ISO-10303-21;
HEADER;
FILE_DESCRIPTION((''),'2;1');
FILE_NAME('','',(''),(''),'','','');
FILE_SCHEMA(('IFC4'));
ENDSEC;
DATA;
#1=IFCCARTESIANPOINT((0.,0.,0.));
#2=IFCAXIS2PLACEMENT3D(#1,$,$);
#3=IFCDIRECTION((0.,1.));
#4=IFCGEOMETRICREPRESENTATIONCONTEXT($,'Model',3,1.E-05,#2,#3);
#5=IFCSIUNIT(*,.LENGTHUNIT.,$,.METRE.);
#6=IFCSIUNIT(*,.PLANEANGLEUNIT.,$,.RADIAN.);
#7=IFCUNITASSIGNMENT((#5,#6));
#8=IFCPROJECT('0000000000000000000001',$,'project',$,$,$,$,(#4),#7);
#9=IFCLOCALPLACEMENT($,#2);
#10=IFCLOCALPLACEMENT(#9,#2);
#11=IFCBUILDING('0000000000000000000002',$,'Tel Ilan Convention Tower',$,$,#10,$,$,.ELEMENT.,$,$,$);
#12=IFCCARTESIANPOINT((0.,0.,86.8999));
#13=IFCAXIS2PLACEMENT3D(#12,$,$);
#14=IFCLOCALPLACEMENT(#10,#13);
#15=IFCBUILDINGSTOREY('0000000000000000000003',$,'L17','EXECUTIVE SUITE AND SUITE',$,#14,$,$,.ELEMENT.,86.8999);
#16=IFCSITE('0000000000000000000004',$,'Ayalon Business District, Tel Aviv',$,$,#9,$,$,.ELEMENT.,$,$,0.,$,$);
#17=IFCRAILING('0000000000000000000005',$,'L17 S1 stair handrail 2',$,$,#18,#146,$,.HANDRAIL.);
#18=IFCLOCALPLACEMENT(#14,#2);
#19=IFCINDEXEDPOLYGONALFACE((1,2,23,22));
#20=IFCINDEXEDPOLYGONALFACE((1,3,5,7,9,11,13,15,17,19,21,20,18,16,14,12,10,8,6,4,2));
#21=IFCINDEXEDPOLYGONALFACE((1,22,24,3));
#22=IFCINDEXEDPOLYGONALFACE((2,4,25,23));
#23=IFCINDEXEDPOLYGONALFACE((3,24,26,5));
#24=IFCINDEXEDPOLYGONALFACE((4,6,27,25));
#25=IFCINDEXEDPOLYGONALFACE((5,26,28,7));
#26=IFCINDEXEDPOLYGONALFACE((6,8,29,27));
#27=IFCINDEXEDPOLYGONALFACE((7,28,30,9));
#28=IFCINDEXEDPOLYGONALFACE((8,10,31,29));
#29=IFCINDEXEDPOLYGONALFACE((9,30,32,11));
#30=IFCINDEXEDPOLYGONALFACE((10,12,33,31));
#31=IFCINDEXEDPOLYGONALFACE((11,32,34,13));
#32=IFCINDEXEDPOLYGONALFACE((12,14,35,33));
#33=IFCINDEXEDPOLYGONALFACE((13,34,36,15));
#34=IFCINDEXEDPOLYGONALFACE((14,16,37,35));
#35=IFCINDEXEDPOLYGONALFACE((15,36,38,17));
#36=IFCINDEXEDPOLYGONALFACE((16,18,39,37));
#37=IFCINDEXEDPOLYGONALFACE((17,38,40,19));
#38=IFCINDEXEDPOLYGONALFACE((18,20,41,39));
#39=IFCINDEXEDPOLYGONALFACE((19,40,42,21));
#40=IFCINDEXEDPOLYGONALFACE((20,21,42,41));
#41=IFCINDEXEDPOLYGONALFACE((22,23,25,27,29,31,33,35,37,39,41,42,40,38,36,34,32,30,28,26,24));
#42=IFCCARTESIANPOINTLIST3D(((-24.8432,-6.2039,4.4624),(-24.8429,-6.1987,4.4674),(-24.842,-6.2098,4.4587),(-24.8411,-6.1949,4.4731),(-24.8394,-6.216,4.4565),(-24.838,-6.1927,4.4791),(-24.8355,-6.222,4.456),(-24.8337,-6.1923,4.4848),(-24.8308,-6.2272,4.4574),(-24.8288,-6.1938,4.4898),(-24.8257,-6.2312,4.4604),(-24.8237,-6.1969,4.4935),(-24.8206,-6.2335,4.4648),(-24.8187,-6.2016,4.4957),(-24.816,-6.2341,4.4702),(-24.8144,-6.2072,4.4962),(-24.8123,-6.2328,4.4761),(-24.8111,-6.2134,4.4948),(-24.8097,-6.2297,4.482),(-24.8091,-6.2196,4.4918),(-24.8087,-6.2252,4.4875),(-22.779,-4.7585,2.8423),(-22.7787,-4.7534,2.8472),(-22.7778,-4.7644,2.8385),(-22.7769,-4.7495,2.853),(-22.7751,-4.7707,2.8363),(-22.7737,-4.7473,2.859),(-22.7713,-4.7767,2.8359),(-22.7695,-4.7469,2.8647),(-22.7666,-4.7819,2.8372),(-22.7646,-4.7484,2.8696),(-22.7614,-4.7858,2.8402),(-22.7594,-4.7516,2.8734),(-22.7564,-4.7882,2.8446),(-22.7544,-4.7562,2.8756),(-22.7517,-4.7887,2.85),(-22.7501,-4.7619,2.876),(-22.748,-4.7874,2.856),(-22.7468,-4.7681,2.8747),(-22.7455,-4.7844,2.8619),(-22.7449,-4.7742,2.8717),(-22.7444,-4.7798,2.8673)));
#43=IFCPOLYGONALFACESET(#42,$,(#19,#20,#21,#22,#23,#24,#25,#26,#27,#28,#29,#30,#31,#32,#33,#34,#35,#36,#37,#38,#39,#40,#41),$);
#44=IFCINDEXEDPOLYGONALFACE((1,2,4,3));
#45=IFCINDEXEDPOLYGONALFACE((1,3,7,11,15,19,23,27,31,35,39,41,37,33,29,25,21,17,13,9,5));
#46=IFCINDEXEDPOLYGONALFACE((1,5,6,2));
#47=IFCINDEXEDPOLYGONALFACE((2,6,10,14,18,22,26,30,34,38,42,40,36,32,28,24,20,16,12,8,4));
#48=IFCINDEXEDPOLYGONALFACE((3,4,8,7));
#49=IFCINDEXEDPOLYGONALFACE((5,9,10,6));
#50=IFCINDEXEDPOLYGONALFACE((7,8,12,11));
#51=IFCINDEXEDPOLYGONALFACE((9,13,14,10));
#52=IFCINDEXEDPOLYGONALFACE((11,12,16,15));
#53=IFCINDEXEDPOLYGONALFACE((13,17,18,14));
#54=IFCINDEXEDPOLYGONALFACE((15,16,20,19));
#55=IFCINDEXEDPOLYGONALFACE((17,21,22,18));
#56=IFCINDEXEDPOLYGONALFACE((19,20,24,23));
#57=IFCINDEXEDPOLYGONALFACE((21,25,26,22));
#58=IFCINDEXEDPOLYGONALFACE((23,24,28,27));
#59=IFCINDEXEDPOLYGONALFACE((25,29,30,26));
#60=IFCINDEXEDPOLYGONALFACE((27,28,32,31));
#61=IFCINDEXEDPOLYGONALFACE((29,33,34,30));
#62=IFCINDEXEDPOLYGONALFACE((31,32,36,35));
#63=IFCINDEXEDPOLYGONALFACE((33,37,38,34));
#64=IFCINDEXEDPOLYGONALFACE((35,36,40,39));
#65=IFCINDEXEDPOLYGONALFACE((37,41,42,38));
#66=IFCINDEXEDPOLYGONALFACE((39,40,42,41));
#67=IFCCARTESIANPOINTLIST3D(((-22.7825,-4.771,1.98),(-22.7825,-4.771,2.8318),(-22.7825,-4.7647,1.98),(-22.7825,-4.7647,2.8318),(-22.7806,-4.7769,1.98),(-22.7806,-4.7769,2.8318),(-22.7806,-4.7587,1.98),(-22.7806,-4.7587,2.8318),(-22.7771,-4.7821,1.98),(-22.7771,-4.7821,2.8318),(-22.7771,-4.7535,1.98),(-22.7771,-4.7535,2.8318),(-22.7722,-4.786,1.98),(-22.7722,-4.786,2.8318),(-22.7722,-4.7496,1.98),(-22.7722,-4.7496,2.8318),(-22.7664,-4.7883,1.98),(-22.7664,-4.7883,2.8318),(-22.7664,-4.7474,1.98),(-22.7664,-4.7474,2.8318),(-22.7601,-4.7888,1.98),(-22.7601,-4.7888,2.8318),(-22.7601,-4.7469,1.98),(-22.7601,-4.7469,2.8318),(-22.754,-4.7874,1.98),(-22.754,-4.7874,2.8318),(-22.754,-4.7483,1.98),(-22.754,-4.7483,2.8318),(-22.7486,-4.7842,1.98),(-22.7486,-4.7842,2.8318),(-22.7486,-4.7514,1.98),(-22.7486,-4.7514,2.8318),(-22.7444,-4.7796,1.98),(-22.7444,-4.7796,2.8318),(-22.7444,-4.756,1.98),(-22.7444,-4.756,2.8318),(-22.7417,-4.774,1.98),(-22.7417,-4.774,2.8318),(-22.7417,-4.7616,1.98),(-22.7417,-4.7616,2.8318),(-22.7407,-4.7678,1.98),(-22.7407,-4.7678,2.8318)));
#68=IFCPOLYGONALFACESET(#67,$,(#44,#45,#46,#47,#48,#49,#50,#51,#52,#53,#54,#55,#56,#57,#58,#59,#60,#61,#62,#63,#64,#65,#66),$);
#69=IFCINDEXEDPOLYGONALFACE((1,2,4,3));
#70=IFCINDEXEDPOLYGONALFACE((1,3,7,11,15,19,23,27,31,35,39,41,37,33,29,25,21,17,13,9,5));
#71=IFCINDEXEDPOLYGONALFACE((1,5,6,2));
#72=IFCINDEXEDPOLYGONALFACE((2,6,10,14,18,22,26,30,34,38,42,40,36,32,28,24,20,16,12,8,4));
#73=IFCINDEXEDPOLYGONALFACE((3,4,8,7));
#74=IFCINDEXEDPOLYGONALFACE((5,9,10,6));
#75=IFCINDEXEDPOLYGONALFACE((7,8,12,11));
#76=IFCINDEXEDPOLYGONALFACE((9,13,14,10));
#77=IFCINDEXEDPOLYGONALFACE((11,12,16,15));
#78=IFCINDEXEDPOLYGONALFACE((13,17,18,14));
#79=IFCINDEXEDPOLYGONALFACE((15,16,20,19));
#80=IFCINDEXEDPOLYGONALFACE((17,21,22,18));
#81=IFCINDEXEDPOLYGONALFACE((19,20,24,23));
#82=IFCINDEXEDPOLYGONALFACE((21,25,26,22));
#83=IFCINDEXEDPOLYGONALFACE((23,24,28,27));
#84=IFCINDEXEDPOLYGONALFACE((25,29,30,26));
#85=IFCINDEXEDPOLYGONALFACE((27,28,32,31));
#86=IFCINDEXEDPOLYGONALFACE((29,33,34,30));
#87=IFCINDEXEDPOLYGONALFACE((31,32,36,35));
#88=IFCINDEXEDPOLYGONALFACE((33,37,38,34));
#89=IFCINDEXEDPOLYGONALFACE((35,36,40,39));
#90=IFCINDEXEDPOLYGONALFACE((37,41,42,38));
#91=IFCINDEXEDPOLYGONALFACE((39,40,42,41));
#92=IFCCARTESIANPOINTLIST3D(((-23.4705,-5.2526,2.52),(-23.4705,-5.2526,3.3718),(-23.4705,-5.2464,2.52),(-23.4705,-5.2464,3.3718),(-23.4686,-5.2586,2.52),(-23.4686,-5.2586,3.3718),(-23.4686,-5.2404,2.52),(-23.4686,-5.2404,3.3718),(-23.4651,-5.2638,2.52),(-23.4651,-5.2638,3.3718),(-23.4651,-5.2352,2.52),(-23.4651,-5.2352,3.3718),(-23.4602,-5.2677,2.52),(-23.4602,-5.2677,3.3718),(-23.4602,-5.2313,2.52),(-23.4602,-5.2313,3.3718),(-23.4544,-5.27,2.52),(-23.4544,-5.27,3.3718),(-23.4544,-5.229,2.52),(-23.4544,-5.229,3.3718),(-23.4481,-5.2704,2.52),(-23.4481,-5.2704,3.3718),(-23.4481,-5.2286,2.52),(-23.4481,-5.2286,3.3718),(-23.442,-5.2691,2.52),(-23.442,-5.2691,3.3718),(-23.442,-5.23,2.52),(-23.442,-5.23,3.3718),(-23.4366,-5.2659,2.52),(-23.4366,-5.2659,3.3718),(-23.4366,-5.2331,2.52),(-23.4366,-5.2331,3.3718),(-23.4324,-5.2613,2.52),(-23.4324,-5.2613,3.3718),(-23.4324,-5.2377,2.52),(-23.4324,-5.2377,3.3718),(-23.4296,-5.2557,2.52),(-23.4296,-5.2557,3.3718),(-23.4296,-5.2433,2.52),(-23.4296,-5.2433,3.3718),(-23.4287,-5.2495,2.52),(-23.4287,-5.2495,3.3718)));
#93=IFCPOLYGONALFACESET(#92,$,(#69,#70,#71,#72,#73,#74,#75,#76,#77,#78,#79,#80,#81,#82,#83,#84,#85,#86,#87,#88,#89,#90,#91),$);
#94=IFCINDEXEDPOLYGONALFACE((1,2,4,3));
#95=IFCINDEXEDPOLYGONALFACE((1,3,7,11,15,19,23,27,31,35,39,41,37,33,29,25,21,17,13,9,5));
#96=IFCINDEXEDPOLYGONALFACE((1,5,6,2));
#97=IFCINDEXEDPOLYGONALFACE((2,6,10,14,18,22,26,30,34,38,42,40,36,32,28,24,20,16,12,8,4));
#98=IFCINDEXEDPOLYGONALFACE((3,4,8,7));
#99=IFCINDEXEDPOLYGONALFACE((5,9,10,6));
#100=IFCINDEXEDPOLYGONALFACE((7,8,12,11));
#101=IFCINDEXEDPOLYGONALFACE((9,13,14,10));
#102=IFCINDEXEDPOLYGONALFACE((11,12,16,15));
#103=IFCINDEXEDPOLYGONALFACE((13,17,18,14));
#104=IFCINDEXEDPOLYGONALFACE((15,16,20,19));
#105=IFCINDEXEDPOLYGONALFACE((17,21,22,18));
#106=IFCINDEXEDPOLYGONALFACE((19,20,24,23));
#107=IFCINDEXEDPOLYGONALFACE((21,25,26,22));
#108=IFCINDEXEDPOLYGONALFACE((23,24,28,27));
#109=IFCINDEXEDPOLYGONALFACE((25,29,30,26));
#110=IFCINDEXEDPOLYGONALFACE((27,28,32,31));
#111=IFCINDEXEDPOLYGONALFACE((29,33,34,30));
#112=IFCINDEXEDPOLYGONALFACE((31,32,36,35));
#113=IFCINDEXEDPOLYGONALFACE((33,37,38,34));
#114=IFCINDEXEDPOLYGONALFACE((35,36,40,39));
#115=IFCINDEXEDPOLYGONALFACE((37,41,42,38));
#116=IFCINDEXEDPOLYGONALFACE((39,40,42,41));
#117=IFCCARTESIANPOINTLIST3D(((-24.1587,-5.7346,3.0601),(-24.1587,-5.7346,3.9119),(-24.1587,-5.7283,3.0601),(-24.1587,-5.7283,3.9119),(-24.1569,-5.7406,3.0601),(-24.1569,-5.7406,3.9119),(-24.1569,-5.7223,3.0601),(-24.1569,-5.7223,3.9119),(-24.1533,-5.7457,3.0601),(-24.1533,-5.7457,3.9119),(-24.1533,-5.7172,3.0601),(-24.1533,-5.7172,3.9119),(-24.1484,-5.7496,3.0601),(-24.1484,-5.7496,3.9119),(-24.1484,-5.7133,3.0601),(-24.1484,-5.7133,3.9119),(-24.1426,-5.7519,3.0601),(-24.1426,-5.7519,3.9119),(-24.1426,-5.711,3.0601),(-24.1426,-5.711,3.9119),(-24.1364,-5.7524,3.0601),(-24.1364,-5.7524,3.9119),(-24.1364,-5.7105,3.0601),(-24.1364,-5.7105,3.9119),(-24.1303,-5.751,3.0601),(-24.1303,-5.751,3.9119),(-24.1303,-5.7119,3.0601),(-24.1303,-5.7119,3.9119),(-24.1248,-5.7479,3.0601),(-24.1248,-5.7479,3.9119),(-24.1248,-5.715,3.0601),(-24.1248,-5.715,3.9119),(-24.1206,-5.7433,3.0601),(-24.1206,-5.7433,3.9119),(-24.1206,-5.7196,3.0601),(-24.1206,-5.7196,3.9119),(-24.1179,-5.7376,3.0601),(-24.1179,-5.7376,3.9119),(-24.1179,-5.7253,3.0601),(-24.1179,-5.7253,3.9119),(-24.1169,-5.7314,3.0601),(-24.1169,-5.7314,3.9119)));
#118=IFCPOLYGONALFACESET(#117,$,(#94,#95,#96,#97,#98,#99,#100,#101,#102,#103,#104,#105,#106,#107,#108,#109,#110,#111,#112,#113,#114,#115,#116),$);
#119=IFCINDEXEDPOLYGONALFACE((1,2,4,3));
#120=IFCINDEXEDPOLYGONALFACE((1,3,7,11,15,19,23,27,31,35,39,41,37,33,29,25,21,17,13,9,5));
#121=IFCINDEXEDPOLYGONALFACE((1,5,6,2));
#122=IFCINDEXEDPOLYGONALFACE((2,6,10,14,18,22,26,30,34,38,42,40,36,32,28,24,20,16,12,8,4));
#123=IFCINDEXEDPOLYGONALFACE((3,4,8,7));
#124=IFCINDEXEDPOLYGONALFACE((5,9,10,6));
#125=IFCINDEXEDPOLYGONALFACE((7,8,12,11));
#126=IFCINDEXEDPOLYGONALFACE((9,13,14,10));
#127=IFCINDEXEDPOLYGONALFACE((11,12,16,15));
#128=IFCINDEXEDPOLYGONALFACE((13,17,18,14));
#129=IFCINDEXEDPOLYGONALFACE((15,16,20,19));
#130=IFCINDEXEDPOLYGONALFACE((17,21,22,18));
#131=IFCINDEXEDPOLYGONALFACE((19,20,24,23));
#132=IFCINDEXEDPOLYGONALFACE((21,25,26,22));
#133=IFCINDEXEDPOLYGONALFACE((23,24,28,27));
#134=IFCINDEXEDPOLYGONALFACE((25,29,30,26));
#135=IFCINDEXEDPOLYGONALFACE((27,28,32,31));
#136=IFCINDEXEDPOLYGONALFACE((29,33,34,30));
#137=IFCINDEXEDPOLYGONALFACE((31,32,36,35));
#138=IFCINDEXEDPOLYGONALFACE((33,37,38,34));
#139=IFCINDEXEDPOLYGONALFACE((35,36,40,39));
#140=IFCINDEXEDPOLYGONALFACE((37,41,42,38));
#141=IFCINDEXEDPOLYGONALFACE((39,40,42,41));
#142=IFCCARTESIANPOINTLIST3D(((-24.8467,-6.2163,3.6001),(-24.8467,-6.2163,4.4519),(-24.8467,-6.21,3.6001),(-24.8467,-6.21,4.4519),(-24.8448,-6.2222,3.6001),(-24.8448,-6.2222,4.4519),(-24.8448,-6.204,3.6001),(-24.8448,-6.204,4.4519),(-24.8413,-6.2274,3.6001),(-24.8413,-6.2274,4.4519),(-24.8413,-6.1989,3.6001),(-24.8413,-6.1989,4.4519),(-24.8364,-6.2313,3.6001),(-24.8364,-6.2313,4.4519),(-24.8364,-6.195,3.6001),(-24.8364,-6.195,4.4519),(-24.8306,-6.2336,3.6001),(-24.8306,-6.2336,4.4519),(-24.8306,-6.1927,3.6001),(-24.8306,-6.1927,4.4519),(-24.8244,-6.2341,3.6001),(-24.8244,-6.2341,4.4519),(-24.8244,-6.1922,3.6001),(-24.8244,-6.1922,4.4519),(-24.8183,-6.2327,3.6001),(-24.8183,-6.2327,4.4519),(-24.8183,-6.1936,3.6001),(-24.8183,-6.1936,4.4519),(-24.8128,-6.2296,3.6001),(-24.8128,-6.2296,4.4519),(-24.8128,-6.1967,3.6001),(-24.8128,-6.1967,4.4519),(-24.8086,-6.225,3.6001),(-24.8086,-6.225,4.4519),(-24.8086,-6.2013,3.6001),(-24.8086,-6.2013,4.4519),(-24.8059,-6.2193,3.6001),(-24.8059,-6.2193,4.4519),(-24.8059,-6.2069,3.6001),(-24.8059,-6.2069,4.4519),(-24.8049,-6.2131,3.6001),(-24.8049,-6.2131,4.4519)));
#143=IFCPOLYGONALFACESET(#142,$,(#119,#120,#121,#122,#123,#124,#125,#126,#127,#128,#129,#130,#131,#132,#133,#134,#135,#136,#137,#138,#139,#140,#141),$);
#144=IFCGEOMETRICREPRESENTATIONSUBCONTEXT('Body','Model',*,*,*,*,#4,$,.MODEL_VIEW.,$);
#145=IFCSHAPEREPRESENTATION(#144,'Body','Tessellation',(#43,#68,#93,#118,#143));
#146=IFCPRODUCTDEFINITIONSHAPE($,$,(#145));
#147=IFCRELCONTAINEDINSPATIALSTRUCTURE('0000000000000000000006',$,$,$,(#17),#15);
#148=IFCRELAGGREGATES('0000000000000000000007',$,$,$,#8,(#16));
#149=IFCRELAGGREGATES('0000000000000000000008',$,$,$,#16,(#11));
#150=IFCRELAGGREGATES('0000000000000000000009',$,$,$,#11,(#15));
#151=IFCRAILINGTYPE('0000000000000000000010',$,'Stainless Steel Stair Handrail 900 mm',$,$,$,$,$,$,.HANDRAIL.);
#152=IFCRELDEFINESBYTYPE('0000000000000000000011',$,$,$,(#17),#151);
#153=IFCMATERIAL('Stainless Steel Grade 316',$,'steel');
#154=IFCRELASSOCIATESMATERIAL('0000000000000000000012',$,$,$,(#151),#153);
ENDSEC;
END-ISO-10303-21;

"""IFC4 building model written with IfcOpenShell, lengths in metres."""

from ifc_helpers import new_model, si_unit, direction, frame, origin, origin_2d, place, context, subcontext, project, spatial, circle, extrude, material, type_object, element, save


model = new_model("IFC4")

# Units and contexts
model_context = context("Model", 3, precision=1e-05, world=origin(), true_north=direction((0.0, 1.0)))
body_context = subcontext(model_context, "Body", "Model", "MODEL_VIEW")
ifc_project = project(units=[si_unit("LENGTHUNIT", "METRE"), si_unit("PLANEANGLEUNIT", "RADIAN")], contexts=[model_context])

# Site, building, storey
site_placement = place(None, origin())
site = spatial("IfcSite", under=ifc_project, at=site_placement, Name="Ayalon Business District, Tel Aviv", CompositionType="ELEMENT", RefElevation=0.0)
building_placement = place(site_placement, origin())
building = spatial("IfcBuilding", under=site, at=building_placement, Name="Tel Ilan Convention Tower", CompositionType="ELEMENT")
storey_placement = place(building_placement, frame((0.0, 0.0, 86.8999)))
storey = spatial("IfcBuildingStorey", under=building, at=storey_placement, Name="L17", Description="EXECUTIVE SUITE AND SUITE", CompositionType="ELEMENT", Elevation=86.8999)

# Railing
ifc_material_1 = material(Name="Stainless Steel Grade 316", Category="steel")
railing_type_1 = type_object("IfcRailingType", Name="Stainless Steel Stair Handrail 900 mm", PredefinedType="HANDRAIL", material=ifc_material_1)
railing_1_placement = place(storey_placement, frame((-22.7617, -4.7678, 1.98)))
element("IfcRailing", 1, at=railing_1_placement, inside=storey, type_object=railing_type_1, Name="L17 S1 stair handrail 2", PredefinedType="HANDRAIL", context=body_context, shape_type="SweptSolid", body=[
    extrude(circle(Radius=0.0239, at=origin_2d()), frame((0.0, 0.0, 0.876), z_axis=(-0.68904, -0.48245, 0.540801), x_axis=(0.57356, -0.819164, 0.0)), (0.0, 0.0, 1.0), 2.9958),
    extrude(circle(Radius=0.021, at=origin_2d()), origin(), (0.0, 0.0, 1.0), 0.8518),
    extrude(circle(Radius=0.021, at=origin_2d()), frame((-0.688, -0.4817, 0.54)), (0.0, 0.0, 1.0), 0.8518),
    extrude(circle(Radius=0.021, at=origin_2d()), frame((-1.3762, -0.9636, 1.0801)), (0.0, 0.0, 1.0), 0.8518),
    extrude(circle(Radius=0.021, at=origin_2d()), frame((-2.0642, -1.4453, 1.6201)), (0.0, 0.0, 1.0), 0.8518),
])

save(model, "model.ifc")
